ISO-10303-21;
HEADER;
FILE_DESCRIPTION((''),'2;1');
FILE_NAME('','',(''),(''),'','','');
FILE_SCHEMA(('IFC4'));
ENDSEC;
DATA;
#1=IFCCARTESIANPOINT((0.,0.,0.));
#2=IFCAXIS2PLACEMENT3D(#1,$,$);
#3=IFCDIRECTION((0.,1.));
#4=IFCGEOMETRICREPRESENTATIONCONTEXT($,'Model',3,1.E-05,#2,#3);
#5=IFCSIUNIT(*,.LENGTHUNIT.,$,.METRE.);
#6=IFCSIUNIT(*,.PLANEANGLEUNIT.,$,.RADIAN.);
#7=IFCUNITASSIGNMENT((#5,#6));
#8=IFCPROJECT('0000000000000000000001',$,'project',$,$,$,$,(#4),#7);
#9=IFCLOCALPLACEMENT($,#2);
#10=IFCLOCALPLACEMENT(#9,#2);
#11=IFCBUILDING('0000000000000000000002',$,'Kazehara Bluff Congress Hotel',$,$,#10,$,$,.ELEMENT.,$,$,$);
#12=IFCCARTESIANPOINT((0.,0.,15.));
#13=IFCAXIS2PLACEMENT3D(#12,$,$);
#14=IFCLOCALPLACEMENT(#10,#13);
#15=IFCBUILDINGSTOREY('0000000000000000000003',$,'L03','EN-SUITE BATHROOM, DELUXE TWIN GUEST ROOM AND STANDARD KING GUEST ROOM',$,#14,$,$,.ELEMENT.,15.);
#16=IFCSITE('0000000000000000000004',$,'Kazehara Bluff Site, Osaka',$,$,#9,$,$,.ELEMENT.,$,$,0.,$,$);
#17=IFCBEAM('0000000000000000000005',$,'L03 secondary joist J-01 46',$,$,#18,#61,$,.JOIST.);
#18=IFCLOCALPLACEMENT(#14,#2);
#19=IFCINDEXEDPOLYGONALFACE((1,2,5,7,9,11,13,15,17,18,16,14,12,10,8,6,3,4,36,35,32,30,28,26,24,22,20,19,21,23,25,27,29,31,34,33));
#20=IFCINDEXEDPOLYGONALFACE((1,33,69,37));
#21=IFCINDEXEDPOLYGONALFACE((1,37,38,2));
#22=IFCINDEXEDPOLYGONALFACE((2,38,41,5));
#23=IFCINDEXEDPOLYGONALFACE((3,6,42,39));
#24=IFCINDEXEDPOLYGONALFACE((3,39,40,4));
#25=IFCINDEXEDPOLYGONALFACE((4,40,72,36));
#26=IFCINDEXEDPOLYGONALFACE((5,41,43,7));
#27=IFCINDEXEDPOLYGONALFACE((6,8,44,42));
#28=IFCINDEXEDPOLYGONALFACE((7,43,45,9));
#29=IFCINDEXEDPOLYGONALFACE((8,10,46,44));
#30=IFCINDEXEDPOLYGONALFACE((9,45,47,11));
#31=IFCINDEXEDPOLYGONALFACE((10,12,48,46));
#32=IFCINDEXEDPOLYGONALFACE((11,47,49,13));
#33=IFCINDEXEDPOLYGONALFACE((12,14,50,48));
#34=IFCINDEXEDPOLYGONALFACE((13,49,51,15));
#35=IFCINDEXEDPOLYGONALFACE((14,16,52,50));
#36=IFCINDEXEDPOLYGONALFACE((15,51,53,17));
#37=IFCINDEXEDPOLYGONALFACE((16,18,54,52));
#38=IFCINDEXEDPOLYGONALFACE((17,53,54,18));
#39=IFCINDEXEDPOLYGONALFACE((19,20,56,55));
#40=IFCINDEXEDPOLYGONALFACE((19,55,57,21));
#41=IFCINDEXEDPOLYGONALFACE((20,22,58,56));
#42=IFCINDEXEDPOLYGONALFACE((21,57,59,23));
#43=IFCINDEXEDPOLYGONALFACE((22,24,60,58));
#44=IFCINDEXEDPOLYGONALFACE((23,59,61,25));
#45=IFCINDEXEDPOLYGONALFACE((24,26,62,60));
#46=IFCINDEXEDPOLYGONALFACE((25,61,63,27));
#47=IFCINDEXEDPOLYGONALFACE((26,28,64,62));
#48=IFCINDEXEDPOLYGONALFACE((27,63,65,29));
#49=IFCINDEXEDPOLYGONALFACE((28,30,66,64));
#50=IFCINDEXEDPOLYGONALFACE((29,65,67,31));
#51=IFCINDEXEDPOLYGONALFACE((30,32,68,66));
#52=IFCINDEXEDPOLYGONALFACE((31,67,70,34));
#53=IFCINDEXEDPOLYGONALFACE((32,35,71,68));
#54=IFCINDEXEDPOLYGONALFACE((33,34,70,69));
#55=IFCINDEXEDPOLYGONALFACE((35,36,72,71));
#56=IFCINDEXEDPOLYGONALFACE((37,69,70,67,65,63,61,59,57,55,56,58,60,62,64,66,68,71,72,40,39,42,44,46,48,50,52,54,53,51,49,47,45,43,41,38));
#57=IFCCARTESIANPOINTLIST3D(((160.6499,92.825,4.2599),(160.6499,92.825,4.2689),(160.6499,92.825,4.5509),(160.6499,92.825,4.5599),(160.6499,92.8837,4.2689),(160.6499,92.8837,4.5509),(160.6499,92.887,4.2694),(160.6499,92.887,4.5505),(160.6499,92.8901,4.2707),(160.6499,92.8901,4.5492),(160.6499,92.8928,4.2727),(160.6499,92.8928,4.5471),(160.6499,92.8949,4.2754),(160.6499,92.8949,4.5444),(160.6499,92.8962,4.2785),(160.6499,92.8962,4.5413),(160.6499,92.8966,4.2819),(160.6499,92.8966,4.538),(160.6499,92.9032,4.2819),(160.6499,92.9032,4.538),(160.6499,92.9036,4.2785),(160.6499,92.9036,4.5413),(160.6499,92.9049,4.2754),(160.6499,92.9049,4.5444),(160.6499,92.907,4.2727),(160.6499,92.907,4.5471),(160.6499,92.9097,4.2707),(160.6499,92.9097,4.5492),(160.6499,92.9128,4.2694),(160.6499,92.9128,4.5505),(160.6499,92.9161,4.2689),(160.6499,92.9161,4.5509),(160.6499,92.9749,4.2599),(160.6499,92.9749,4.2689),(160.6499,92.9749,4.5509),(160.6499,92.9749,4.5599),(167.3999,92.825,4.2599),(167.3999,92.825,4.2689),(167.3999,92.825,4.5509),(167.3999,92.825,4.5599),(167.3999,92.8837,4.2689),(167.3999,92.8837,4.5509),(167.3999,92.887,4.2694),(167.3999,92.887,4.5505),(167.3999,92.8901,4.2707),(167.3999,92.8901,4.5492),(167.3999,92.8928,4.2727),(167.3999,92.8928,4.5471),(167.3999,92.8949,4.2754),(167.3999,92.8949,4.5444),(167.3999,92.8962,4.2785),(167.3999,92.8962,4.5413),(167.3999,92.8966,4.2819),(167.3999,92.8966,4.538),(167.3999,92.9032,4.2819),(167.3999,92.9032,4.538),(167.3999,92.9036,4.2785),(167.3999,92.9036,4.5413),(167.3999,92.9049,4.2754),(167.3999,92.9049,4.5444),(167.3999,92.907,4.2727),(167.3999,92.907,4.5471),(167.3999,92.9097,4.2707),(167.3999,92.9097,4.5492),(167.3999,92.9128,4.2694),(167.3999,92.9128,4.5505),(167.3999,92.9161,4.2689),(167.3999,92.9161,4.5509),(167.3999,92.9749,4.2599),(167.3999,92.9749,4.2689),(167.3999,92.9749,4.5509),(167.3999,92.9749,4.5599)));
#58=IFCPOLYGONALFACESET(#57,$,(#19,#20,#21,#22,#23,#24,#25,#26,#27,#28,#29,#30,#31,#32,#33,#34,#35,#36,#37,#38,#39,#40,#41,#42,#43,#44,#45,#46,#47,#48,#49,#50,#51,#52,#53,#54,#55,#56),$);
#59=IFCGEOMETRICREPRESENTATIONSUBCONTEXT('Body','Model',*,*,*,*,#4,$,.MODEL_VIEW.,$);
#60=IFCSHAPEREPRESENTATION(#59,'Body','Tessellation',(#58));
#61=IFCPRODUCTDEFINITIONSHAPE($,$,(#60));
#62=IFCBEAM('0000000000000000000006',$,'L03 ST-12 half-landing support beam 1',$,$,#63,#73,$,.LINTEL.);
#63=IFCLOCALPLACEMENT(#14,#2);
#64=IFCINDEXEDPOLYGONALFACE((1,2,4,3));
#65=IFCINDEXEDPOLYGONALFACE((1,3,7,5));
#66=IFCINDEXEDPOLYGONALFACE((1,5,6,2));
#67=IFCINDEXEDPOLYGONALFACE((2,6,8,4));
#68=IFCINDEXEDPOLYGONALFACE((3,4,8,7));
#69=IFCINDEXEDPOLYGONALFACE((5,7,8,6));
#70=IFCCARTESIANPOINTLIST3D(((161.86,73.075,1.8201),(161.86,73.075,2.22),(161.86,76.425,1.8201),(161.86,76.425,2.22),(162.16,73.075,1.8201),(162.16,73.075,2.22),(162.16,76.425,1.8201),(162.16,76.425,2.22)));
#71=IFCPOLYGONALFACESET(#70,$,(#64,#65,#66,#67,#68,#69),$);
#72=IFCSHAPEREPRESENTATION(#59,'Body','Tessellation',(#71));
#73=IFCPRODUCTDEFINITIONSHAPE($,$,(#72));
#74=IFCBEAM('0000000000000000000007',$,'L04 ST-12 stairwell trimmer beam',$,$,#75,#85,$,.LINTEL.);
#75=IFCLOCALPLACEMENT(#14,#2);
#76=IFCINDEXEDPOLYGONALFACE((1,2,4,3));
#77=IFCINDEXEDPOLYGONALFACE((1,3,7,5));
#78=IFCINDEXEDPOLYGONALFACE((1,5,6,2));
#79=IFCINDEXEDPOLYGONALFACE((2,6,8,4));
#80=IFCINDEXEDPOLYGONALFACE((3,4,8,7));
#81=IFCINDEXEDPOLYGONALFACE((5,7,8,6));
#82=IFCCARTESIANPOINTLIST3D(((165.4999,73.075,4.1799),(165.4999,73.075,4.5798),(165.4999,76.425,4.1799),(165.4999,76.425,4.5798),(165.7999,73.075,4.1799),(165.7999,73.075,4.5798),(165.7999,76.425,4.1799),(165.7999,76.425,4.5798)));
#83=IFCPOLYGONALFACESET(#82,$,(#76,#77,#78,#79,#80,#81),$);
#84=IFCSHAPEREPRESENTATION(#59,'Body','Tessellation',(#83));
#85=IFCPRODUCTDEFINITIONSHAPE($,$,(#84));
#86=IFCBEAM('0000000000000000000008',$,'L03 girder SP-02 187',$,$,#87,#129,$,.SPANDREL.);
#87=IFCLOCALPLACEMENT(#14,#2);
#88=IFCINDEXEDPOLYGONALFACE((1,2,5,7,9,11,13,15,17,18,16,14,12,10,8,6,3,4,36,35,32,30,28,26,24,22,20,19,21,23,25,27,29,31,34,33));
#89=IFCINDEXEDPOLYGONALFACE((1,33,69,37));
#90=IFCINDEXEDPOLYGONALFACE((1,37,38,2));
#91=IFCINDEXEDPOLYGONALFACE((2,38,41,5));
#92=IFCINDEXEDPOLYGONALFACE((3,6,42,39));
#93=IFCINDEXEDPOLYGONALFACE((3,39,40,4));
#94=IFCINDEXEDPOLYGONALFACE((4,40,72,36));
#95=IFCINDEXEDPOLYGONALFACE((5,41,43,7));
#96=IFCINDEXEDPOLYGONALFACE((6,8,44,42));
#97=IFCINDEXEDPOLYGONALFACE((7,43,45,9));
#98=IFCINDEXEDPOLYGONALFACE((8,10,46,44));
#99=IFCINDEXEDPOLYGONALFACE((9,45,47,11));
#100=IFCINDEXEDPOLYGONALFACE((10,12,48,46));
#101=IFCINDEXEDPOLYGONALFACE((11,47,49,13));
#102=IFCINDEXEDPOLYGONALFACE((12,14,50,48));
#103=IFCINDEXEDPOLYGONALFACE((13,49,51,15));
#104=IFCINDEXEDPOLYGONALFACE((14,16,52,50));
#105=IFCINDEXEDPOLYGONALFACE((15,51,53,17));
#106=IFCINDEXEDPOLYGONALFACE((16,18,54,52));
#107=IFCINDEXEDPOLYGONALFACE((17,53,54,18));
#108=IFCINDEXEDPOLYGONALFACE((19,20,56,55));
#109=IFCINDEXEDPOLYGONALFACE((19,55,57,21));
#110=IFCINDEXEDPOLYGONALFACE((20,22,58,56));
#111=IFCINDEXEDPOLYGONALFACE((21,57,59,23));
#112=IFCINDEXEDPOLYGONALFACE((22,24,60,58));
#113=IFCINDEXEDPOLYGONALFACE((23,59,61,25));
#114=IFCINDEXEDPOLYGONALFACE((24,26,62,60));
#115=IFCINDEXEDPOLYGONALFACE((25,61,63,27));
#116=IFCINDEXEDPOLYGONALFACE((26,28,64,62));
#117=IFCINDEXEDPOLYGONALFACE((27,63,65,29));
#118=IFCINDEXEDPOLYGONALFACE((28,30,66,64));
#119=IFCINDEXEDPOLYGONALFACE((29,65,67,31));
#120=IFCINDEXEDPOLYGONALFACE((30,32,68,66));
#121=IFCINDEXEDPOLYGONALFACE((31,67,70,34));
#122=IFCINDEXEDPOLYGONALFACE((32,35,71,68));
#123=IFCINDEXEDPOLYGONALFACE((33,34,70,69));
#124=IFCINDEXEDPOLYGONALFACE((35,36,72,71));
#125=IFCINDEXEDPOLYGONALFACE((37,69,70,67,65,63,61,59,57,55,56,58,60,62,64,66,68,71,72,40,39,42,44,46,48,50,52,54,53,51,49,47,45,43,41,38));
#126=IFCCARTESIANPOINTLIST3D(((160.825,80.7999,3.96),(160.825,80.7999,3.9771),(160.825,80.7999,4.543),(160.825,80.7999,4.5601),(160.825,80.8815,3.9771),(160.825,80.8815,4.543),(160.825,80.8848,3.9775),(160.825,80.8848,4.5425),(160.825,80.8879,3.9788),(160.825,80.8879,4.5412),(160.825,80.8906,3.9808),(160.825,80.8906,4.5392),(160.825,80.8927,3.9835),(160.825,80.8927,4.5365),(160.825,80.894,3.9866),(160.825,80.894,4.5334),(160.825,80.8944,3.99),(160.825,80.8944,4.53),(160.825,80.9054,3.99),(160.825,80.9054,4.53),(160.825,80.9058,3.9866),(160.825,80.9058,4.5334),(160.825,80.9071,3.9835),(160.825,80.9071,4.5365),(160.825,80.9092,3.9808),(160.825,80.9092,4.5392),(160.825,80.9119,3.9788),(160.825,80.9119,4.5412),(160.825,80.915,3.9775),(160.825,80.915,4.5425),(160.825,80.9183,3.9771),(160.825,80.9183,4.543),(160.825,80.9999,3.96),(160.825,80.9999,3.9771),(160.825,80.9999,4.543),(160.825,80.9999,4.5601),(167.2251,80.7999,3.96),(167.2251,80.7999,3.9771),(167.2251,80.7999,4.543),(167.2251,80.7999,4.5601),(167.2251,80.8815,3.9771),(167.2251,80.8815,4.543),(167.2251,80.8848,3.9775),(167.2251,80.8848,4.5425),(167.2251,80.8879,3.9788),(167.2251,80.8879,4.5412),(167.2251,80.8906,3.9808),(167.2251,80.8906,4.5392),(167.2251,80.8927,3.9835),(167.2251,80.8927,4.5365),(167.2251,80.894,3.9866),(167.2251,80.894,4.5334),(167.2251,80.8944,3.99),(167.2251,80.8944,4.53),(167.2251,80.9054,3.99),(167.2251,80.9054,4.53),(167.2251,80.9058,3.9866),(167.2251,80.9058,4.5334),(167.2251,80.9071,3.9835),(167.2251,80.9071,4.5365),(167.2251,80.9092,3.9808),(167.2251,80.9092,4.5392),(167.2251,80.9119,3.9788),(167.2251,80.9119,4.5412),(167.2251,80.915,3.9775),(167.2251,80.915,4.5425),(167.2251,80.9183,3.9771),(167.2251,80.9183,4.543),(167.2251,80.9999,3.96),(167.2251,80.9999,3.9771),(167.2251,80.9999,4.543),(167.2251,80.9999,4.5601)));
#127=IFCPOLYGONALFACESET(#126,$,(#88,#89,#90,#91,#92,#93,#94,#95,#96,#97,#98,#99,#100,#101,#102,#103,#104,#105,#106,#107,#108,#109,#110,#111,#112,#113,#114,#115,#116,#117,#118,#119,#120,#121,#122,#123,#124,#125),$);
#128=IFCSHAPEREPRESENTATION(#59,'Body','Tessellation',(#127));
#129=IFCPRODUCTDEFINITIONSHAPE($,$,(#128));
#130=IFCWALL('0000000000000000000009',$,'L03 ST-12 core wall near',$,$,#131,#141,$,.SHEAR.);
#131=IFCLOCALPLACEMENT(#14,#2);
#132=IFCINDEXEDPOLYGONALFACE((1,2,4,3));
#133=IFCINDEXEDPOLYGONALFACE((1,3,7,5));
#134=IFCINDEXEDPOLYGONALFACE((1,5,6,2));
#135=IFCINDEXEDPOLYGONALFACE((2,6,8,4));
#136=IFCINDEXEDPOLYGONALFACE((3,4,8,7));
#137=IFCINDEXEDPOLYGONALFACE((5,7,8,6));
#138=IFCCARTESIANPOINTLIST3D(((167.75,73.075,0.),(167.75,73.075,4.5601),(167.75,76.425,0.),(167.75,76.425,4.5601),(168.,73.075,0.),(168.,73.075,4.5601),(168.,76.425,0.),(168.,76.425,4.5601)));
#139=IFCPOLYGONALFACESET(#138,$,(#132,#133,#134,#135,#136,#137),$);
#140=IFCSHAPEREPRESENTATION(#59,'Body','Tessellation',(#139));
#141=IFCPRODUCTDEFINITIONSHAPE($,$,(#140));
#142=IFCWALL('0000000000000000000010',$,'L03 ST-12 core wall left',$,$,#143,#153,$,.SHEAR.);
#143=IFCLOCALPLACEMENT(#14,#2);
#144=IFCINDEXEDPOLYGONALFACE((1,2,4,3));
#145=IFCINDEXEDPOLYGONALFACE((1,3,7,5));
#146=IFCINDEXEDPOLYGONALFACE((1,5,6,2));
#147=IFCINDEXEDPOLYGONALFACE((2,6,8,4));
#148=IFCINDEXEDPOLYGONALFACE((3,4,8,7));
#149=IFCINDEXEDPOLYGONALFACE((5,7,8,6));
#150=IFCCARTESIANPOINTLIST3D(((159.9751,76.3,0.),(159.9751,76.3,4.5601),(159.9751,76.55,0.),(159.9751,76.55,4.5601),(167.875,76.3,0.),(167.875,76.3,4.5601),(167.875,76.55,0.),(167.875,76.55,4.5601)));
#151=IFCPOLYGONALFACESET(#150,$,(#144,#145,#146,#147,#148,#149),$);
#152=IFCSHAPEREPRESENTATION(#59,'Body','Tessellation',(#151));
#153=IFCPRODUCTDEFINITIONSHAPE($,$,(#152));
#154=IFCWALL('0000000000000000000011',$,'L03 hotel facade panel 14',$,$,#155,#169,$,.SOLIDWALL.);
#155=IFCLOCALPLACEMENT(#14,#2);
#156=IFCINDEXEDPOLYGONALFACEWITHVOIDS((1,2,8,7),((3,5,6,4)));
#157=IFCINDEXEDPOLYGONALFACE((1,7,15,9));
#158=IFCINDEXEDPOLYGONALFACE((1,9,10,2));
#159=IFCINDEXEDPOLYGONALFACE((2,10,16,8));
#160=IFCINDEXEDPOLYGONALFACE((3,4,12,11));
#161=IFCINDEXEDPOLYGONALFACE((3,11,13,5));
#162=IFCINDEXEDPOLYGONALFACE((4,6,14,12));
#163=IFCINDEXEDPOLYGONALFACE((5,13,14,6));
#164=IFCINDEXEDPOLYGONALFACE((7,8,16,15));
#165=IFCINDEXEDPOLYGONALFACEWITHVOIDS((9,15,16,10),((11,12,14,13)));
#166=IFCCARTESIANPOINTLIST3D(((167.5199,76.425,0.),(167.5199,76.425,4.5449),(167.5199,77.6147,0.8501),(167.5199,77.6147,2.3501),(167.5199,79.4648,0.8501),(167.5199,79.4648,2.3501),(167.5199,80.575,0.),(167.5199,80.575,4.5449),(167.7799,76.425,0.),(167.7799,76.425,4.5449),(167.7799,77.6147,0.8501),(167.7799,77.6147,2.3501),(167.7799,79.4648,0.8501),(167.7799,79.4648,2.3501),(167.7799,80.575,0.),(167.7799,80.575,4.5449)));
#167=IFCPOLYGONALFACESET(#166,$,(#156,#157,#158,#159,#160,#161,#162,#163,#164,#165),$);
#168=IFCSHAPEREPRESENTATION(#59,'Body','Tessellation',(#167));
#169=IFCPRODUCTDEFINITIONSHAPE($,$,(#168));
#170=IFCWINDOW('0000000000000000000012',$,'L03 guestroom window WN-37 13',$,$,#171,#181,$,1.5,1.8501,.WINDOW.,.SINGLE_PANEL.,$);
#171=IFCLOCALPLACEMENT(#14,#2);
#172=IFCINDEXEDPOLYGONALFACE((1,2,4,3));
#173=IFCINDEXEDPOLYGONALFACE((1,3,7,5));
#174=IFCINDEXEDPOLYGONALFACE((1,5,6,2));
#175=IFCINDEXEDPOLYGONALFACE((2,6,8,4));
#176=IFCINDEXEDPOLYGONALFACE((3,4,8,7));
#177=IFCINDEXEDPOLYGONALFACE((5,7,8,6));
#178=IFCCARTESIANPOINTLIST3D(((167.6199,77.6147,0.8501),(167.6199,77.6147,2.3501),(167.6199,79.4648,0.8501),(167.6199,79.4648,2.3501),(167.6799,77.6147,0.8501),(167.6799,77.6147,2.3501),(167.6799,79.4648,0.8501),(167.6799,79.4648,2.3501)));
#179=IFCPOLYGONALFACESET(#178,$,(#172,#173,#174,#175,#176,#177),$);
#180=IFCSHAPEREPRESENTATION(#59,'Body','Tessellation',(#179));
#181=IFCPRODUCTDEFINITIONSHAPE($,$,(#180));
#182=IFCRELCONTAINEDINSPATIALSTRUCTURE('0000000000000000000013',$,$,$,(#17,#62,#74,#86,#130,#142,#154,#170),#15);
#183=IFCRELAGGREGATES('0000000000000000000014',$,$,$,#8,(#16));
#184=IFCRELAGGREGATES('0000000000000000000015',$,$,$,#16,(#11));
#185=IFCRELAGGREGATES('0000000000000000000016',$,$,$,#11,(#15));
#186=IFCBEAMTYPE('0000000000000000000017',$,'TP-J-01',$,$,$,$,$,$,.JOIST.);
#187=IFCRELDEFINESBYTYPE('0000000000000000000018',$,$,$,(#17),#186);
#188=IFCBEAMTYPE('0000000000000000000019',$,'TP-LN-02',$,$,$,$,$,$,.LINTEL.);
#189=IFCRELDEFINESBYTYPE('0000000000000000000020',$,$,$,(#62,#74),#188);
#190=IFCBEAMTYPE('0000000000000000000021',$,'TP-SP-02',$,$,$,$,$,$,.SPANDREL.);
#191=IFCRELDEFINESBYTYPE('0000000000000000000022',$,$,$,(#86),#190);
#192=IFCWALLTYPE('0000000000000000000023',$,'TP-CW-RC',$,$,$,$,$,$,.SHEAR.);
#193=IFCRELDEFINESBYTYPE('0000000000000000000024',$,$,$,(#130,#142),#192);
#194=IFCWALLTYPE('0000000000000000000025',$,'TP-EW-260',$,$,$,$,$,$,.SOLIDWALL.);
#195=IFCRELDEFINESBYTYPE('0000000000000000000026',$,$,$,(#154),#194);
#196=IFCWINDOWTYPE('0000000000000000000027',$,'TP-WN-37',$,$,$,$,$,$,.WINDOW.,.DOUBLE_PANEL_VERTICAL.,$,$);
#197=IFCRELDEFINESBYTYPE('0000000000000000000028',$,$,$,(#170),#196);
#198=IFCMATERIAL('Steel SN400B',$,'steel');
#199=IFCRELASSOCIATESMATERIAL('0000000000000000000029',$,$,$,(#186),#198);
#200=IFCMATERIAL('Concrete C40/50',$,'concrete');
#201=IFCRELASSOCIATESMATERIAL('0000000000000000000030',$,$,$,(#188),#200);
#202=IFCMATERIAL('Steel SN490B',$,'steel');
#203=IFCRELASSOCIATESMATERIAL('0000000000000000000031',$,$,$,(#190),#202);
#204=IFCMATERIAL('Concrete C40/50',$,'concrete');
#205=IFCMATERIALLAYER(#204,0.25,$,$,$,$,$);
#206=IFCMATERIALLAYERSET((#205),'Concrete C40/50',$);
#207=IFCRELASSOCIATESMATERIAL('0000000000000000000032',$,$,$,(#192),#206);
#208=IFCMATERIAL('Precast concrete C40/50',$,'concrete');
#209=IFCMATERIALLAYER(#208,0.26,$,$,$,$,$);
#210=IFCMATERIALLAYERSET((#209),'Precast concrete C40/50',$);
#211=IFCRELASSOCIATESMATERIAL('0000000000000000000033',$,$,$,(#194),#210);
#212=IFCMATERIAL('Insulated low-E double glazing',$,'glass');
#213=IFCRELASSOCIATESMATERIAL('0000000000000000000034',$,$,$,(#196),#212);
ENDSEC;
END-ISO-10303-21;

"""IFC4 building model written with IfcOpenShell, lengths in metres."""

from ifc_helpers import new_model, si_unit, direction, frame, frame_2d, origin, origin_2d, place, context, subcontext, project, spatial, rectangle, i_section, extrude, material, layer, layer_set, material_profile, profile_set, type_object, element, fill, save


model = new_model("IFC4")

# Units and contexts
model_context = context("Model", 3, precision=1e-05, world=origin(), true_north=direction((0.0, 1.0)))
body_context = subcontext(model_context, "Body", "Model", "MODEL_VIEW")
ifc_project = project(units=[si_unit("LENGTHUNIT", "METRE"), si_unit("PLANEANGLEUNIT", "RADIAN")], contexts=[model_context])

# Site, building, storey
site_placement = place(None, origin())
site = spatial("IfcSite", under=ifc_project, at=site_placement, Name="Kazehara Bluff Site, Osaka", CompositionType="ELEMENT", RefElevation=0.0)
building_placement = place(site_placement, origin())
building = spatial("IfcBuilding", under=site, at=building_placement, Name="Kazehara Bluff Congress Hotel", CompositionType="ELEMENT")
storey_placement = place(building_placement, frame((0.0, 0.0, 15.0)))
storey = spatial("IfcBuildingStorey", under=building, at=storey_placement, Name="L03", Description="EN-SUITE BATHROOM, DELUXE TWIN GUEST ROOM AND STANDARD KING GUEST ROOM", CompositionType="ELEMENT", Elevation=15.0)

# Beams
ifc_material_1 = material(Name="Steel SN400B", Category="steel")
ifc_material_profile_1 = material_profile(ifc_material_1, i_section(OverallWidth=0.1499, OverallDepth=0.3, WebThickness=0.0066, FlangeThickness=0.009, FilletRadius=0.0129, at=origin_2d()))
ifc_profile_set_1 = profile_set([ifc_material_profile_1], Name="Steel SN400B")
beam_type_1 = type_object("IfcBeamType", Name="TP-J-01", PredefinedType="JOIST", material=ifc_profile_set_1)
for number, where, z_axis, x_axis, name in (
    (1, (160.6499, 92.8999, 4.4099), (1.0, 0.0, 0.0), (0.0, 1.0, 0.0), "L03 secondary joist J-01 46"),
):
    element("IfcBeam", number, at=place(storey_placement, frame(where, z_axis=z_axis, x_axis=x_axis)), inside=storey, type_object=beam_type_1, Name=name, PredefinedType="JOIST", context=body_context, shape_type="SweptSolid", body=[
        extrude(i_section(OverallWidth=0.1499, OverallDepth=0.3, WebThickness=0.0066, FlangeThickness=0.009, FilletRadius=0.0129, at=origin_2d()), origin(), (0.0, 0.0, 1.0), 6.75),
    ])
ifc_material_2 = material(Name="Concrete C40/50", Category="concrete")
ifc_material_profile_2 = material_profile(ifc_material_2, rectangle(XDim=0.3, YDim=0.3999, at=origin_2d()))
ifc_profile_set_2 = profile_set([ifc_material_profile_2], Name="Concrete C40/50")
beam_type_2 = type_object("IfcBeamType", Name="TP-LN-02", PredefinedType="LINTEL", material=ifc_profile_set_2)
for number, where, z_axis, x_axis, name in (
    (2, (162.01, 76.425, 2.02), (0.0, -1.0, 0.0), (1.0, 0.0, 0.0), "L03 ST-12 half-landing support beam 1"),
    (3, (165.6499, 76.425, 4.3799), (0.0, -1.0, 0.0), (1.0, 0.0, 0.0), "L04 ST-12 stairwell trimmer beam"),
):
    element("IfcBeam", number, at=place(storey_placement, frame(where, z_axis=z_axis, x_axis=x_axis)), inside=storey, type_object=beam_type_2, Name=name, PredefinedType="LINTEL", context=body_context, shape_type="SweptSolid", body=[
        extrude(rectangle(XDim=0.3, YDim=0.3999, at=origin_2d()), origin(), (0.0, 0.0, 1.0), 3.3501),
    ])
ifc_material_3 = material(Name="Steel SN490B", Category="steel")
ifc_material_profile_3 = material_profile(ifc_material_3, i_section(OverallWidth=0.2, OverallDepth=0.6001, WebThickness=0.011, FlangeThickness=0.0171, FilletRadius=0.0129, at=origin_2d()))
ifc_profile_set_3 = profile_set([ifc_material_profile_3], Name="Steel SN490B")
beam_type_3 = type_object("IfcBeamType", Name="TP-SP-02", PredefinedType="SPANDREL", material=ifc_profile_set_3)
beam_1_placement = place(storey_placement, frame((160.825, 80.8999, 4.26), z_axis=(1.0, 0.0, 0.0), x_axis=(0.0, 1.0, 0.0)))
element("IfcBeam", 4, at=beam_1_placement, inside=storey, type_object=beam_type_3, Name="L03 girder SP-02 187", PredefinedType="SPANDREL", context=body_context, shape_type="SweptSolid", body=[
    extrude(i_section(OverallWidth=0.2, OverallDepth=0.6001, WebThickness=0.011, FlangeThickness=0.0171, FilletRadius=0.0129, at=origin_2d()), origin(), (0.0, 0.0, 1.0), 6.4001),
])

# Walls
ifc_material_4 = material(Name="Concrete C40/50", Category="concrete")
ifc_layer_1 = layer(ifc_material_4, 0.25)
ifc_layer_set_1 = layer_set([ifc_layer_1], Name="Concrete C40/50")
wall_type_1 = type_object("IfcWallType", Name="TP-CW-RC", PredefinedType="SHEAR", material=ifc_layer_set_1)
wall_1_placement = place(storey_placement, frame((167.875, 76.425, 0.0), z_axis=(0.0, 0.0, 1.0), x_axis=(0.0, -1.0, 0.0)))
element("IfcWall", 5, at=wall_1_placement, inside=storey, type_object=wall_type_1, Name="L03 ST-12 core wall near", PredefinedType="SHEAR", context=body_context, shape_type="SweptSolid", body=[
    extrude(rectangle(XDim=3.3501, YDim=0.25, at=frame_2d((1.675, 0.0))), origin(), (0.0, 0.0, 1.0), 4.5601),
])
wall_2_placement = place(storey_placement, frame((159.9751, 76.425, 0.0), z_axis=(0.0, 0.0, 1.0), x_axis=(1.0, 0.0, 0.0)))
element("IfcWall", 6, at=wall_2_placement, inside=storey, type_object=wall_type_1, Name="L03 ST-12 core wall left", PredefinedType="SHEAR", context=body_context, shape_type="SweptSolid", body=[
    extrude(rectangle(XDim=7.8999, YDim=0.25, at=frame_2d((3.95, 0.0))), origin(), (0.0, 0.0, 1.0), 4.5601),
])

# Wall, opening, window
ifc_material_5 = material(Name="Precast concrete C40/50", Category="concrete")
ifc_layer_2 = layer(ifc_material_5, 0.26)
ifc_layer_set_2 = layer_set([ifc_layer_2], Name="Precast concrete C40/50")
wall_type_2 = type_object("IfcWallType", Name="TP-EW-260", PredefinedType="SOLIDWALL", material=ifc_layer_set_2)
wall_3_placement = place(storey_placement, frame((167.6499, 80.575, 0.0), z_axis=(0.0, 0.0, 1.0), x_axis=(0.0, -1.0, 0.0)))
wall_3 = element("IfcWall", 7, at=wall_3_placement, inside=storey, type_object=wall_type_2, Name="L03 hotel facade panel 14", PredefinedType="SOLIDWALL", context=body_context, shape_type="SweptSolid", body=[
    extrude(rectangle(XDim=4.1499, YDim=0.26, at=frame_2d((2.075, 0.0))), origin(), (0.0, 0.0, 1.0), 4.5449),
])
opening_1_placement = place(wall_3_placement, frame((1.1101, 0.0, 0.8501)))
opening_1 = element("IfcOpeningElement", 8, at=opening_1_placement, cuts=wall_3, PredefinedType="OPENING", context=body_context, shape_type="SweptSolid", body=[
    extrude(rectangle(XDim=1.8501, YDim=1.5, at=frame_2d((0.925, 0.75))), frame((0.0, 0.1399, 0.0), z_axis=(0.0, -1.0, 0.0), x_axis=(1.0, 0.0, 0.0)), (0.0, 0.0, 1.0), 0.28),
])
ifc_material_6 = material(Name="Insulated low-E double glazing", Category="glass")
window_type_1 = type_object("IfcWindowType", Name="TP-WN-37", PartitioningType="DOUBLE_PANEL_VERTICAL", PredefinedType="WINDOW", material=ifc_material_6)
window_1_placement = place(opening_1_placement, origin())
window_1 = element("IfcWindow", 9, at=window_1_placement, inside=storey, type_object=window_type_1, Name="L03 guestroom window WN-37 13", OverallHeight=1.5, OverallWidth=1.8501, PartitioningType="SINGLE_PANEL", PredefinedType="WINDOW", context=body_context, shape_type="SweptSolid", body=[
    extrude(rectangle(XDim=1.8501, YDim=1.5, at=frame_2d((0.925, 0.75))), frame((0.0, 0.03, 0.0), z_axis=(0.0, -1.0, 0.0), x_axis=(1.0, 0.0, 0.0)), (0.0, 0.0, 1.0), 0.0601),
])
fill(opening_1, window_1)

save(model, "model.ifc")
